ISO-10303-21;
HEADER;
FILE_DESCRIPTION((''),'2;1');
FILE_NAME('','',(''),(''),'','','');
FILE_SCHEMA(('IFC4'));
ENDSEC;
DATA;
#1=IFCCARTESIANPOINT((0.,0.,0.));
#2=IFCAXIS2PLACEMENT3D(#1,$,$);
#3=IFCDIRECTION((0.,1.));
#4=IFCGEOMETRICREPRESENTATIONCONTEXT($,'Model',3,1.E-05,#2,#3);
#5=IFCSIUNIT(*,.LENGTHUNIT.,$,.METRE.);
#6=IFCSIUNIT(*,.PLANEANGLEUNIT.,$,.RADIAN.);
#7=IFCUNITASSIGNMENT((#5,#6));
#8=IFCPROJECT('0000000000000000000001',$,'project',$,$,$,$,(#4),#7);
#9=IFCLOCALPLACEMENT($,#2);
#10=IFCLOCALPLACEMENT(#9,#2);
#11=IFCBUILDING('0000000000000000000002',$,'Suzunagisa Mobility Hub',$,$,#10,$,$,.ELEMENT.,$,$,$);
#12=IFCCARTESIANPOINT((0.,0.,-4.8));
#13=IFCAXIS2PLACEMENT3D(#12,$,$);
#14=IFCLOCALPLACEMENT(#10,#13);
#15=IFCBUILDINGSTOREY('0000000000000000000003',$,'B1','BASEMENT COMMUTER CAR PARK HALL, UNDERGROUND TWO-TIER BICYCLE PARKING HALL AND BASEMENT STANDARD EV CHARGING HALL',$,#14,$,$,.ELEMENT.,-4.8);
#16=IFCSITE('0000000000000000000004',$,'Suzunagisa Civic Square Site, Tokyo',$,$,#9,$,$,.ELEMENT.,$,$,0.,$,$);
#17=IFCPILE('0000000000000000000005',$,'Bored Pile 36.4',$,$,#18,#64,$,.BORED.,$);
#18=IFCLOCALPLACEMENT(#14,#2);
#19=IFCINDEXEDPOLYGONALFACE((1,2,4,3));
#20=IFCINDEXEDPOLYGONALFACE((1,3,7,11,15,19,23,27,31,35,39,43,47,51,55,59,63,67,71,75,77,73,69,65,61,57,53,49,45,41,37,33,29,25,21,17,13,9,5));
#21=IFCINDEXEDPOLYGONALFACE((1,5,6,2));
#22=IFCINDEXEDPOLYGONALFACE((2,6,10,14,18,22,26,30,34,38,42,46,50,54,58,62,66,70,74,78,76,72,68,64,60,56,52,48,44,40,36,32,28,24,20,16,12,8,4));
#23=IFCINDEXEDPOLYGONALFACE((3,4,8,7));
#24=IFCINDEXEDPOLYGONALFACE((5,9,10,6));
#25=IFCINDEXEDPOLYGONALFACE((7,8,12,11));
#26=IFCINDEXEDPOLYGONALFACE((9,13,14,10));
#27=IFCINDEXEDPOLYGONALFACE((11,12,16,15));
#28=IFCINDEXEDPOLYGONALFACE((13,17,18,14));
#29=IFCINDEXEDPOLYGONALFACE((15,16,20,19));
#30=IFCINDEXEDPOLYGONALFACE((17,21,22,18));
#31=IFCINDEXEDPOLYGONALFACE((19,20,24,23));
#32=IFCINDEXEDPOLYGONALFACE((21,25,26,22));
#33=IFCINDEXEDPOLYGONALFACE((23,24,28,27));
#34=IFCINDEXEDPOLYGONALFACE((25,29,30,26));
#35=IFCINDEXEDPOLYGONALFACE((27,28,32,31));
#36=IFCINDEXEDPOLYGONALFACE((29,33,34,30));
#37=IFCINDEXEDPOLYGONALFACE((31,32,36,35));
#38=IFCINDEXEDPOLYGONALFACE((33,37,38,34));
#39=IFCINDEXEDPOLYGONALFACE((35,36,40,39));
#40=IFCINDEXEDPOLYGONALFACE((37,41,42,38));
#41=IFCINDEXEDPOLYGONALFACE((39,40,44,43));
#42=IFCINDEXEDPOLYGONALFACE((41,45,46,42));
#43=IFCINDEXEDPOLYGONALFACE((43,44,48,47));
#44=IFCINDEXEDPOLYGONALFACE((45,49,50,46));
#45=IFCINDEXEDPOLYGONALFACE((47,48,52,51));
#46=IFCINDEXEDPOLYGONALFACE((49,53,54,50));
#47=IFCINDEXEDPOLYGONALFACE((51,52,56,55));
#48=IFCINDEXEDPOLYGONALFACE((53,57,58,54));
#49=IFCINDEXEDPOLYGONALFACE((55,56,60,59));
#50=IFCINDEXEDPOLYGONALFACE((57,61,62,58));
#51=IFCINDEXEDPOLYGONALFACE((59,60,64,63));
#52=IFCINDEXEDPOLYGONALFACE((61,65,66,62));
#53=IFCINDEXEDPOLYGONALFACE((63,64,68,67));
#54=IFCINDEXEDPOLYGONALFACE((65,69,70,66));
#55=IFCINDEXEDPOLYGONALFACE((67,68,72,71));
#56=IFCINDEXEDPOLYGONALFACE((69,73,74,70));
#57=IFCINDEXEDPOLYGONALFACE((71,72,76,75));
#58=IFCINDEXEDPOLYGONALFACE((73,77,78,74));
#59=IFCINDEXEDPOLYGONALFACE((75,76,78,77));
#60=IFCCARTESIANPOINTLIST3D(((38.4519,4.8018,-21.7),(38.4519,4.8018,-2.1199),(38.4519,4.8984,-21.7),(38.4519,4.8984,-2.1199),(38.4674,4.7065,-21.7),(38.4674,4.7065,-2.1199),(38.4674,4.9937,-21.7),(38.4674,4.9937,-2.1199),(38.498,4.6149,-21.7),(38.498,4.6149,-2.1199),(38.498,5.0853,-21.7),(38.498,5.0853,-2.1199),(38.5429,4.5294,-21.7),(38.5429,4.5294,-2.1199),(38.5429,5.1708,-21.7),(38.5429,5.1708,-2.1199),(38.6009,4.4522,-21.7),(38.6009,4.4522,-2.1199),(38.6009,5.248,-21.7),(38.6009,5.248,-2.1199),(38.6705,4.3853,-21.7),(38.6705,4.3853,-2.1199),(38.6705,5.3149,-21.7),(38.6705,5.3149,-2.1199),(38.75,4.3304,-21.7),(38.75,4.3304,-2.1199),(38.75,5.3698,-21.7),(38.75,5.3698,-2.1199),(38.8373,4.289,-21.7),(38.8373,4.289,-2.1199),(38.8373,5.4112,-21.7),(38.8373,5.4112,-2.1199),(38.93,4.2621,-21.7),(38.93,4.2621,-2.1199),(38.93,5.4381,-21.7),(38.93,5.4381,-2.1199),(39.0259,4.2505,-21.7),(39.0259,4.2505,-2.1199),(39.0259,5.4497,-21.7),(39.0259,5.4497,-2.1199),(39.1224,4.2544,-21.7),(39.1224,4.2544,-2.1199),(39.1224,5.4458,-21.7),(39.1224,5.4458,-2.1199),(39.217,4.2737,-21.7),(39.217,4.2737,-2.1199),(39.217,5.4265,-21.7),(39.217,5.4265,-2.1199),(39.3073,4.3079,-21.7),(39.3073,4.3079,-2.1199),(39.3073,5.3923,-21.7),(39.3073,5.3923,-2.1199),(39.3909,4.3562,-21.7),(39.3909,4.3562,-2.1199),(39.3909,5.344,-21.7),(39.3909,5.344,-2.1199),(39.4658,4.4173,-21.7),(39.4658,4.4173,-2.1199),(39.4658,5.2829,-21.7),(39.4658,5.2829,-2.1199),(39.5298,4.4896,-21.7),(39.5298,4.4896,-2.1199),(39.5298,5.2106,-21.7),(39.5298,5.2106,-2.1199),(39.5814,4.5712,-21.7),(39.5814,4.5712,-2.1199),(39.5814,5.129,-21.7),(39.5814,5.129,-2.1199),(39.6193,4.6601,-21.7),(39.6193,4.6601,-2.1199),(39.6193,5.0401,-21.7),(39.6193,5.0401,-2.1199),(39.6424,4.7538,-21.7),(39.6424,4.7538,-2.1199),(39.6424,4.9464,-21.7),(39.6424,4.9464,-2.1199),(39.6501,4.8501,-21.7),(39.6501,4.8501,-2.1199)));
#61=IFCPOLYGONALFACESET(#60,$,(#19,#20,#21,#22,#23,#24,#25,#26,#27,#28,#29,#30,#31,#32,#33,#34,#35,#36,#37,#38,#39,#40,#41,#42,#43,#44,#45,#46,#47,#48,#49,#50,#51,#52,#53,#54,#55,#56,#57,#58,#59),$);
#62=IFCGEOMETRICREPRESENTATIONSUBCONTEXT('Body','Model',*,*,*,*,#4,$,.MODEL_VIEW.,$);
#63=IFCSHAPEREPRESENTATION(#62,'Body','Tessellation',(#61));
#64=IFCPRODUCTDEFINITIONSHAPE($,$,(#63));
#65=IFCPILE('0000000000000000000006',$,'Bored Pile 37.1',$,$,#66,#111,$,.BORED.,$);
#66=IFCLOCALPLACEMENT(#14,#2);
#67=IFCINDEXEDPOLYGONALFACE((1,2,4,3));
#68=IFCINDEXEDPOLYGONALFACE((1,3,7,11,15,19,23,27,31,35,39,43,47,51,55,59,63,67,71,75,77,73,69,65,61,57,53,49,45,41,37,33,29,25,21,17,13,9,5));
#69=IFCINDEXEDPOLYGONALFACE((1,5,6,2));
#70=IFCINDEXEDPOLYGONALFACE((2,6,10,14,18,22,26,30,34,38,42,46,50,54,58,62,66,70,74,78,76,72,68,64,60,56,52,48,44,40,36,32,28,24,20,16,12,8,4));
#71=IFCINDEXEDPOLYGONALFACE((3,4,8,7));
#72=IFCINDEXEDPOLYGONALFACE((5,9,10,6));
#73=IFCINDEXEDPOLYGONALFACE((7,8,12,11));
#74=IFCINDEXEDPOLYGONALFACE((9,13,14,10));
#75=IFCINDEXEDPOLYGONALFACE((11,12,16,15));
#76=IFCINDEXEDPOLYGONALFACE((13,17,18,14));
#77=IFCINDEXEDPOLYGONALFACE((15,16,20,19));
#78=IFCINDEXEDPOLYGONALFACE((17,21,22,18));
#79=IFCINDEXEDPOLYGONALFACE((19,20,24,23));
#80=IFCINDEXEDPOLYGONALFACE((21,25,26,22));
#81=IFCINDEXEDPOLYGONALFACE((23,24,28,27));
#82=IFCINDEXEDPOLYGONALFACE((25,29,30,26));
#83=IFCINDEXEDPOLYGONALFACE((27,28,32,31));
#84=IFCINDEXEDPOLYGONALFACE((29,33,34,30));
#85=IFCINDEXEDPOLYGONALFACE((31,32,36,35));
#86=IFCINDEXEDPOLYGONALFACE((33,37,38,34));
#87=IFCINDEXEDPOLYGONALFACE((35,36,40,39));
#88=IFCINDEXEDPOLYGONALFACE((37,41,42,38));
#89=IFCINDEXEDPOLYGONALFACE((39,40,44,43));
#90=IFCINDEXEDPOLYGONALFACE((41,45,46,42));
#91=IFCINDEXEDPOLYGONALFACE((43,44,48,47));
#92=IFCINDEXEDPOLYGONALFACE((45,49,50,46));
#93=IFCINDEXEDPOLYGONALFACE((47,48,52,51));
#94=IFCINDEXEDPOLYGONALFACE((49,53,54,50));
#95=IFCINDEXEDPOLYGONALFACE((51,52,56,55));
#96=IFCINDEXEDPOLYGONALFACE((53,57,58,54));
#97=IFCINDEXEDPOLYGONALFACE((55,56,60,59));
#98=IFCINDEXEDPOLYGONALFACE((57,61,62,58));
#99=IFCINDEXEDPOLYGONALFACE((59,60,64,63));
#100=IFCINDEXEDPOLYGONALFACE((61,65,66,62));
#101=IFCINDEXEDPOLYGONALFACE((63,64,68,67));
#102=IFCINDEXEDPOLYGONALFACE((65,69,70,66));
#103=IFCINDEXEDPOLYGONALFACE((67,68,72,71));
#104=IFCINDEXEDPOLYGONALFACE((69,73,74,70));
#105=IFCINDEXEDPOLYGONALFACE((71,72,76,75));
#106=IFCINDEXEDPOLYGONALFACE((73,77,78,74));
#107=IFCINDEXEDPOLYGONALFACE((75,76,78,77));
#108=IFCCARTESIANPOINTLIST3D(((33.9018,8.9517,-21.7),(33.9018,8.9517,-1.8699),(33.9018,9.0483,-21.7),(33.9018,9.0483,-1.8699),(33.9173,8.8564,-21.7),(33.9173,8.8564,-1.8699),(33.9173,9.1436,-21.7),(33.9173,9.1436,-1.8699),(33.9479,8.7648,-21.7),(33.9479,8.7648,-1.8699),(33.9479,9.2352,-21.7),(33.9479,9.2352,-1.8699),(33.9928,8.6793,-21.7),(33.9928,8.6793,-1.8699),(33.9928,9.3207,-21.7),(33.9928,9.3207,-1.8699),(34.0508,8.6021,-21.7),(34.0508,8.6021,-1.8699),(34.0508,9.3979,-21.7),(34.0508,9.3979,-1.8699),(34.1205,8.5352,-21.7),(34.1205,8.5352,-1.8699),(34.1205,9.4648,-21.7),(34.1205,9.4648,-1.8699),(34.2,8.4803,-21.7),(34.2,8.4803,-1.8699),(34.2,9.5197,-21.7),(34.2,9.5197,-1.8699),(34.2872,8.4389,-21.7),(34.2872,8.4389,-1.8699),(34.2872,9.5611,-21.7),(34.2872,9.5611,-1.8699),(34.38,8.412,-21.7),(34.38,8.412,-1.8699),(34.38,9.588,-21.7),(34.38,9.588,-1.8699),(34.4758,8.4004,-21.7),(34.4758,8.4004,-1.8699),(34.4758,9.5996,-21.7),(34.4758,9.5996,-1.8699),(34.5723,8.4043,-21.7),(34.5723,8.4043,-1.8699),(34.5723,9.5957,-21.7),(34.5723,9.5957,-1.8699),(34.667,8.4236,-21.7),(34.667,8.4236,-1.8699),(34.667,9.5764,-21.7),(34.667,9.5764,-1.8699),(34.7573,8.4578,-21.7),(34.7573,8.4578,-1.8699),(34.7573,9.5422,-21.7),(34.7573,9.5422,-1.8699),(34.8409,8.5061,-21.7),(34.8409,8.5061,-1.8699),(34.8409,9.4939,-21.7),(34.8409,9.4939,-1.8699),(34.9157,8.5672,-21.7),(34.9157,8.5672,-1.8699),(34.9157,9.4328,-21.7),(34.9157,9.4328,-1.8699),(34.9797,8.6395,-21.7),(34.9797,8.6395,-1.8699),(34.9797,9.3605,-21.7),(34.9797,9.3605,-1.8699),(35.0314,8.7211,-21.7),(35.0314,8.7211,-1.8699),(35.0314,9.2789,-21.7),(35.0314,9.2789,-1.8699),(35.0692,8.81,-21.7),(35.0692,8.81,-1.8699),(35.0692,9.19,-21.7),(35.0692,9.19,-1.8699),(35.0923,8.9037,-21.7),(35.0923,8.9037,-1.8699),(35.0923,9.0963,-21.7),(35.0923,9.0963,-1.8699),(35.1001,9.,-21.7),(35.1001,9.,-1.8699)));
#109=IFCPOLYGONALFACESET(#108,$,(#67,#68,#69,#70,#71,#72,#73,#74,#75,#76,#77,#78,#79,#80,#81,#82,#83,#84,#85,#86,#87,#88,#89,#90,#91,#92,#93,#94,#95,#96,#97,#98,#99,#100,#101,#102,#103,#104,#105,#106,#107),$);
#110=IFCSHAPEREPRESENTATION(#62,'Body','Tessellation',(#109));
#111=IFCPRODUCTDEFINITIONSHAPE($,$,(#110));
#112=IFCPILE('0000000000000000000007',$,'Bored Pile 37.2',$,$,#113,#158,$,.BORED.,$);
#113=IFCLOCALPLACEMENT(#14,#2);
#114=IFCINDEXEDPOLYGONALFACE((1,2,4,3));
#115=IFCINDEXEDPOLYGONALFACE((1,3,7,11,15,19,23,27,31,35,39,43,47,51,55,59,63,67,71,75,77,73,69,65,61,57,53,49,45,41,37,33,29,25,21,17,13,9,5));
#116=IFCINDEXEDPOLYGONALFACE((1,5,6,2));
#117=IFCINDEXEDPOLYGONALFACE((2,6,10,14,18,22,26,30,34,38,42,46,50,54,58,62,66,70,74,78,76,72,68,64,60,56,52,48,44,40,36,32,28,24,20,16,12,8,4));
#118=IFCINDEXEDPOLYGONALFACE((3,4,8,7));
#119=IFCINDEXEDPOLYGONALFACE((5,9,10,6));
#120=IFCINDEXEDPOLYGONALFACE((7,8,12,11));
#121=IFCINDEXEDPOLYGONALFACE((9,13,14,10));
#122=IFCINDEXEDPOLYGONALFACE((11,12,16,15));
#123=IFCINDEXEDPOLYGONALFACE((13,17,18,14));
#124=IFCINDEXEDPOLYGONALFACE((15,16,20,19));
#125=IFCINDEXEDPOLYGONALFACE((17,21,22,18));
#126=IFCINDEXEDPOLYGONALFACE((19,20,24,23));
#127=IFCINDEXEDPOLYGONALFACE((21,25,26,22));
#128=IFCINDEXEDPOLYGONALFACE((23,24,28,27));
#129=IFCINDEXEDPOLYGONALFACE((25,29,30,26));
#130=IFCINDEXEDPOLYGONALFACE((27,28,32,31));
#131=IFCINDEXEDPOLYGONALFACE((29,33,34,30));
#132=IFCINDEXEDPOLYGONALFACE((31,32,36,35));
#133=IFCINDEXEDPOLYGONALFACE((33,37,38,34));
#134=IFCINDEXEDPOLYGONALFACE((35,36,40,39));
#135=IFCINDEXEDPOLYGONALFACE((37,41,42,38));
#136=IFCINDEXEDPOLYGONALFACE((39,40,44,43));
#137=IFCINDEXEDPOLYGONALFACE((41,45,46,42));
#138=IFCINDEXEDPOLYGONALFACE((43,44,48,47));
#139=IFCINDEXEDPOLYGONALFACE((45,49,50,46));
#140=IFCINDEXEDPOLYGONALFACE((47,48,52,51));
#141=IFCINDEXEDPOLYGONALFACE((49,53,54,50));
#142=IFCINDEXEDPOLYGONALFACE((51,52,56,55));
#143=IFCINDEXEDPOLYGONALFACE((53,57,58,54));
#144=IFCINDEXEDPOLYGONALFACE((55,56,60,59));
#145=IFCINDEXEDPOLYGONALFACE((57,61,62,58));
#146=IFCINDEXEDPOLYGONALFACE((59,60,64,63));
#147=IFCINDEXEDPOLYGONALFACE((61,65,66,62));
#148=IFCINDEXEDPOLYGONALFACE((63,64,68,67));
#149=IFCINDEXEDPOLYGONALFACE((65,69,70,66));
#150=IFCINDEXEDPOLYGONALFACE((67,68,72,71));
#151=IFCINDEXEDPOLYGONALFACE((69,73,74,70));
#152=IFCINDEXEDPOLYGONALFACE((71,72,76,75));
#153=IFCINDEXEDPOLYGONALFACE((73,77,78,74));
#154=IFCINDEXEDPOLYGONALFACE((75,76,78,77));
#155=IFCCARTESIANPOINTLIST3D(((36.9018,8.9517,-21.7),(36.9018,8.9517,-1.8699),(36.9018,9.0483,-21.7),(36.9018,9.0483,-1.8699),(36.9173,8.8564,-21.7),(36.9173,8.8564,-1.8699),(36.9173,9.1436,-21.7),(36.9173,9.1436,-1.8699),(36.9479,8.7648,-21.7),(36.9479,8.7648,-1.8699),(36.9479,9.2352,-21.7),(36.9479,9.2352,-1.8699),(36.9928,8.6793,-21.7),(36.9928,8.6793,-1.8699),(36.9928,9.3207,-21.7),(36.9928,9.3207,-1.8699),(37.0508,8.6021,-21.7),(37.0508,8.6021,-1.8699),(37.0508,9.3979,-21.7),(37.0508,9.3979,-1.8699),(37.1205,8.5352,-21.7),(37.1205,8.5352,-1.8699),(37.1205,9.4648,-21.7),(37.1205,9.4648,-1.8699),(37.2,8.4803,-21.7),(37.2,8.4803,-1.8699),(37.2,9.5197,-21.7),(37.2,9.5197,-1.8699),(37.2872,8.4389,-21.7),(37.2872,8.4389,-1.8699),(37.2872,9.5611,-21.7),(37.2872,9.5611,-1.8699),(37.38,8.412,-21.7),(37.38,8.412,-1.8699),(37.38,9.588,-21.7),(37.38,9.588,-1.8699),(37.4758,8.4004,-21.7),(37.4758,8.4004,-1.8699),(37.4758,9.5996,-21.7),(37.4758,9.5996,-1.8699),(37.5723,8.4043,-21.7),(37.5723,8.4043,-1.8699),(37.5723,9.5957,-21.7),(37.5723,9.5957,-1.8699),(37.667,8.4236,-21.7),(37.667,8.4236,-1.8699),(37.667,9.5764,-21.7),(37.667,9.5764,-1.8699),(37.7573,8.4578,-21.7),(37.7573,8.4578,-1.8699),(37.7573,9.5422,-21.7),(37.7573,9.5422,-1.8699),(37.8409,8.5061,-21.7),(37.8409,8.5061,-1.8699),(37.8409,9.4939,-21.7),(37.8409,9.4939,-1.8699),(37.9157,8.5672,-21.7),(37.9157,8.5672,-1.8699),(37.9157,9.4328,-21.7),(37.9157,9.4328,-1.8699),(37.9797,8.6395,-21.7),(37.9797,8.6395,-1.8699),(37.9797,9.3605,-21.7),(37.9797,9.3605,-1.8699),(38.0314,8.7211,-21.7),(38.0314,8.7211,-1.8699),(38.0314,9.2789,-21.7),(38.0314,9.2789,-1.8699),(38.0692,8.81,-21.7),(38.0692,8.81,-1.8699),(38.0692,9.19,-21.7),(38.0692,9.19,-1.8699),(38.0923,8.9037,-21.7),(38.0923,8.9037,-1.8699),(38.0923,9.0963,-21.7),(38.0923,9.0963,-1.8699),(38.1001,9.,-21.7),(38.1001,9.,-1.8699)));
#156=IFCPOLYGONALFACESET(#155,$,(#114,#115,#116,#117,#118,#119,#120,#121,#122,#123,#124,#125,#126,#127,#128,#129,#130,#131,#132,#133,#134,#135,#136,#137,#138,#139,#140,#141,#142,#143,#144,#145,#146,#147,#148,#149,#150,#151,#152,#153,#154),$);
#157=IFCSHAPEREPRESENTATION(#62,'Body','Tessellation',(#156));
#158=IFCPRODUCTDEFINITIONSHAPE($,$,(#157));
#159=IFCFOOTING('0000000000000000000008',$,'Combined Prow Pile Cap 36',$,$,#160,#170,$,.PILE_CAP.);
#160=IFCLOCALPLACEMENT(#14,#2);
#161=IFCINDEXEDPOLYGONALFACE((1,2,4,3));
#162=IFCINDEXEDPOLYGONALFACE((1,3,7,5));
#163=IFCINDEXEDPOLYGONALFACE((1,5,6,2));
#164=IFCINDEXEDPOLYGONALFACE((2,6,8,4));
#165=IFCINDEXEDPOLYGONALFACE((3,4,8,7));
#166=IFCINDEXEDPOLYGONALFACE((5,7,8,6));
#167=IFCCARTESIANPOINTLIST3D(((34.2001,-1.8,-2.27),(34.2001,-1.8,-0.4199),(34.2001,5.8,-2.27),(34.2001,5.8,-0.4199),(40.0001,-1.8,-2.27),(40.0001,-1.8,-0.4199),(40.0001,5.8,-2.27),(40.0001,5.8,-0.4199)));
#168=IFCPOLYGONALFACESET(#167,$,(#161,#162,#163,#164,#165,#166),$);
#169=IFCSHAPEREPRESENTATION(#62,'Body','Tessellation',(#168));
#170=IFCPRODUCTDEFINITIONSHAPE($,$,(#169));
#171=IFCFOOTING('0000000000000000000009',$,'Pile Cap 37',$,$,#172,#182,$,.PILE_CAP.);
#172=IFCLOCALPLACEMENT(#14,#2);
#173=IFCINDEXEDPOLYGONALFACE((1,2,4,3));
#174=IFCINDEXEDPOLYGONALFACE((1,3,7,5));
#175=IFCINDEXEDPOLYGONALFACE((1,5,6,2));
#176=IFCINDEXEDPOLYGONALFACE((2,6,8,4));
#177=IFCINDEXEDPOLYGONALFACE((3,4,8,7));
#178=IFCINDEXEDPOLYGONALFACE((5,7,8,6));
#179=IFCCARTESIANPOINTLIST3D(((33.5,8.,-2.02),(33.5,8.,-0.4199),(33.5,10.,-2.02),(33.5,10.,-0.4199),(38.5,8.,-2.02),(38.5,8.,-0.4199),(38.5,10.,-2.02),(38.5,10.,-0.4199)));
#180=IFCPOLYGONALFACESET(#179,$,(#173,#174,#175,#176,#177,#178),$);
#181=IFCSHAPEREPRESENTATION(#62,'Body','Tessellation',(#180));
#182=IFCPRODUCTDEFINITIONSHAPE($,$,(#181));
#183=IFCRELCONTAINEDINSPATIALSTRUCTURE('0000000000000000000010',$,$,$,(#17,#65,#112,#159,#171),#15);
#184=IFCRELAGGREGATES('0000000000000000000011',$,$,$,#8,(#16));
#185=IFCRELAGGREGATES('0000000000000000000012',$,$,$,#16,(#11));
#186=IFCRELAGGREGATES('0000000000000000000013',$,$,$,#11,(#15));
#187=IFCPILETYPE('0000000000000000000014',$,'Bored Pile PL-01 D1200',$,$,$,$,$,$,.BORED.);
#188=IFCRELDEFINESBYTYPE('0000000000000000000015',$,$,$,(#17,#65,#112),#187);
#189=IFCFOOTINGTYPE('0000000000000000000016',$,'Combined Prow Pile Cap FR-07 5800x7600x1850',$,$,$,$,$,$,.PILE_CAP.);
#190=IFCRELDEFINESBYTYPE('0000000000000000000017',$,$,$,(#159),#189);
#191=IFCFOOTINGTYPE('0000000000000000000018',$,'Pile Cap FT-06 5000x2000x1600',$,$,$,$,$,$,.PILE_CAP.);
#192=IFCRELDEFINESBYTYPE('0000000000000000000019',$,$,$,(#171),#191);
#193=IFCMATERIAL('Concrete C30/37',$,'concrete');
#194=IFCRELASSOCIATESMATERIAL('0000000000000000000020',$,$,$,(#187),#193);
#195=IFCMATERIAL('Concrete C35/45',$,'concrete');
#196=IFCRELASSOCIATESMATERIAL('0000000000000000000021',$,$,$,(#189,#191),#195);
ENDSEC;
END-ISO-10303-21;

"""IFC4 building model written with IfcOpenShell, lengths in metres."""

from ifc_helpers import new_model, si_unit, direction, frame, origin, origin_2d, place, context, subcontext, project, spatial, rectangle, circle, extrude, material, material_profile, profile_set, type_object, element, save


model = new_model("IFC4")

# Units and contexts
model_context = context("Model", 3, precision=1e-05, world=origin(), true_north=direction((0.0, 1.0)))
body_context = subcontext(model_context, "Body", "Model", "MODEL_VIEW")
ifc_project = project(units=[si_unit("LENGTHUNIT", "METRE"), si_unit("PLANEANGLEUNIT", "RADIAN")], contexts=[model_context])

# Site, building, storey
site_placement = place(None, origin())
site = spatial("IfcSite", under=ifc_project, at=site_placement, Name="Suzunagisa Civic Square Site, Tokyo", CompositionType="ELEMENT", RefElevation=0.0)
building_placement = place(site_placement, origin())
building = spatial("IfcBuilding", under=site, at=building_placement, Name="Suzunagisa Mobility Hub", CompositionType="ELEMENT")
storey_placement = place(building_placement, frame((0.0, 0.0, -4.8)))
storey = spatial("IfcBuildingStorey", under=building, at=storey_placement, Name="B1", Description="BASEMENT COMMUTER CAR PARK HALL, UNDERGROUND TWO-TIER BICYCLE PARKING HALL AND BASEMENT STANDARD EV CHARGING HALL", CompositionType="ELEMENT", Elevation=-4.8)

# Piles
ifc_material_1 = material(Name="Concrete C30/37", Category="concrete")
ifc_material_profile_1 = material_profile(ifc_material_1, circle(Radius=0.6001, at=origin_2d()), Name="BORED PILE D1200")
ifc_profile_set_1 = profile_set([ifc_material_profile_1], Name="Concrete C30/37")
pile_type = type_object("IfcPileType", Name="Bored Pile PL-01 D1200", PredefinedType="BORED", material=ifc_profile_set_1)
for number, where, z_axis, x_axis, name in (
    (1, (39.05, 4.8501, -2.1199), (0.0, 0.0, -1.0), (1.0, 0.0, 0.0), "Bored Pile 36.4"),
):
    element("IfcPile", number, at=place(storey_placement, frame(where, z_axis=z_axis, x_axis=x_axis)), inside=storey, type_object=pile_type, Name=name, PredefinedType="BORED", context=body_context, shape_type="SweptSolid", body=[
        extrude(circle(Radius=0.6001, at=origin_2d()), origin(), (0.0, 0.0, 1.0), 19.5801),
    ])
for number, where, z_axis, x_axis, name in (
    (2, (34.5, 9.0, -1.8699), (0.0, 0.0, -1.0), (1.0, 0.0, 0.0), "Bored Pile 37.1"),
    (3, (37.5, 9.0, -1.8699), (0.0, 0.0, -1.0), (1.0, 0.0, 0.0), "Bored Pile 37.2"),
):
    element("IfcPile", number, at=place(storey_placement, frame(where, z_axis=z_axis, x_axis=x_axis)), inside=storey, type_object=pile_type, Name=name, PredefinedType="BORED", context=body_context, shape_type="SweptSolid", body=[
        extrude(circle(Radius=0.6001, at=origin_2d()), origin(), (0.0, 0.0, 1.0), 19.8301),
    ])

# Footings
ifc_material_2 = material(Name="Concrete C35/45", Category="concrete")
footing_type_1 = type_object("IfcFootingType", Name="Combined Prow Pile Cap FR-07 5800x7600x1850", PredefinedType="PILE_CAP", material=ifc_material_2)
footing_1_placement = place(storey_placement, frame((37.1001, 2.0, -2.27), z_axis=(0.0, 0.0, 1.0), x_axis=(1.0, 0.0, 0.0)))
element("IfcFooting", 4, at=footing_1_placement, inside=storey, type_object=footing_type_1, Name="Combined Prow Pile Cap 36", PredefinedType="PILE_CAP", context=body_context, shape_type="SweptSolid", body=[
    extrude(rectangle(XDim=5.8, YDim=7.6001, at=origin_2d()), origin(), (0.0, 0.0, 1.0), 1.8501),
])
footing_type_2 = type_object("IfcFootingType", Name="Pile Cap FT-06 5000x2000x1600", PredefinedType="PILE_CAP", material=ifc_material_2)
footing_2_placement = place(storey_placement, frame((36.0, 9.0, -2.02), z_axis=(0.0, 0.0, 1.0), x_axis=(1.0, 0.0, 0.0)))
element("IfcFooting", 5, at=footing_2_placement, inside=storey, type_object=footing_type_2, Name="Pile Cap 37", PredefinedType="PILE_CAP", context=body_context, shape_type="SweptSolid", body=[
    extrude(rectangle(XDim=5.0, YDim=2.0, at=origin_2d()), origin(), (0.0, 0.0, 1.0), 1.6001),
])

save(model, "model.ifc")
